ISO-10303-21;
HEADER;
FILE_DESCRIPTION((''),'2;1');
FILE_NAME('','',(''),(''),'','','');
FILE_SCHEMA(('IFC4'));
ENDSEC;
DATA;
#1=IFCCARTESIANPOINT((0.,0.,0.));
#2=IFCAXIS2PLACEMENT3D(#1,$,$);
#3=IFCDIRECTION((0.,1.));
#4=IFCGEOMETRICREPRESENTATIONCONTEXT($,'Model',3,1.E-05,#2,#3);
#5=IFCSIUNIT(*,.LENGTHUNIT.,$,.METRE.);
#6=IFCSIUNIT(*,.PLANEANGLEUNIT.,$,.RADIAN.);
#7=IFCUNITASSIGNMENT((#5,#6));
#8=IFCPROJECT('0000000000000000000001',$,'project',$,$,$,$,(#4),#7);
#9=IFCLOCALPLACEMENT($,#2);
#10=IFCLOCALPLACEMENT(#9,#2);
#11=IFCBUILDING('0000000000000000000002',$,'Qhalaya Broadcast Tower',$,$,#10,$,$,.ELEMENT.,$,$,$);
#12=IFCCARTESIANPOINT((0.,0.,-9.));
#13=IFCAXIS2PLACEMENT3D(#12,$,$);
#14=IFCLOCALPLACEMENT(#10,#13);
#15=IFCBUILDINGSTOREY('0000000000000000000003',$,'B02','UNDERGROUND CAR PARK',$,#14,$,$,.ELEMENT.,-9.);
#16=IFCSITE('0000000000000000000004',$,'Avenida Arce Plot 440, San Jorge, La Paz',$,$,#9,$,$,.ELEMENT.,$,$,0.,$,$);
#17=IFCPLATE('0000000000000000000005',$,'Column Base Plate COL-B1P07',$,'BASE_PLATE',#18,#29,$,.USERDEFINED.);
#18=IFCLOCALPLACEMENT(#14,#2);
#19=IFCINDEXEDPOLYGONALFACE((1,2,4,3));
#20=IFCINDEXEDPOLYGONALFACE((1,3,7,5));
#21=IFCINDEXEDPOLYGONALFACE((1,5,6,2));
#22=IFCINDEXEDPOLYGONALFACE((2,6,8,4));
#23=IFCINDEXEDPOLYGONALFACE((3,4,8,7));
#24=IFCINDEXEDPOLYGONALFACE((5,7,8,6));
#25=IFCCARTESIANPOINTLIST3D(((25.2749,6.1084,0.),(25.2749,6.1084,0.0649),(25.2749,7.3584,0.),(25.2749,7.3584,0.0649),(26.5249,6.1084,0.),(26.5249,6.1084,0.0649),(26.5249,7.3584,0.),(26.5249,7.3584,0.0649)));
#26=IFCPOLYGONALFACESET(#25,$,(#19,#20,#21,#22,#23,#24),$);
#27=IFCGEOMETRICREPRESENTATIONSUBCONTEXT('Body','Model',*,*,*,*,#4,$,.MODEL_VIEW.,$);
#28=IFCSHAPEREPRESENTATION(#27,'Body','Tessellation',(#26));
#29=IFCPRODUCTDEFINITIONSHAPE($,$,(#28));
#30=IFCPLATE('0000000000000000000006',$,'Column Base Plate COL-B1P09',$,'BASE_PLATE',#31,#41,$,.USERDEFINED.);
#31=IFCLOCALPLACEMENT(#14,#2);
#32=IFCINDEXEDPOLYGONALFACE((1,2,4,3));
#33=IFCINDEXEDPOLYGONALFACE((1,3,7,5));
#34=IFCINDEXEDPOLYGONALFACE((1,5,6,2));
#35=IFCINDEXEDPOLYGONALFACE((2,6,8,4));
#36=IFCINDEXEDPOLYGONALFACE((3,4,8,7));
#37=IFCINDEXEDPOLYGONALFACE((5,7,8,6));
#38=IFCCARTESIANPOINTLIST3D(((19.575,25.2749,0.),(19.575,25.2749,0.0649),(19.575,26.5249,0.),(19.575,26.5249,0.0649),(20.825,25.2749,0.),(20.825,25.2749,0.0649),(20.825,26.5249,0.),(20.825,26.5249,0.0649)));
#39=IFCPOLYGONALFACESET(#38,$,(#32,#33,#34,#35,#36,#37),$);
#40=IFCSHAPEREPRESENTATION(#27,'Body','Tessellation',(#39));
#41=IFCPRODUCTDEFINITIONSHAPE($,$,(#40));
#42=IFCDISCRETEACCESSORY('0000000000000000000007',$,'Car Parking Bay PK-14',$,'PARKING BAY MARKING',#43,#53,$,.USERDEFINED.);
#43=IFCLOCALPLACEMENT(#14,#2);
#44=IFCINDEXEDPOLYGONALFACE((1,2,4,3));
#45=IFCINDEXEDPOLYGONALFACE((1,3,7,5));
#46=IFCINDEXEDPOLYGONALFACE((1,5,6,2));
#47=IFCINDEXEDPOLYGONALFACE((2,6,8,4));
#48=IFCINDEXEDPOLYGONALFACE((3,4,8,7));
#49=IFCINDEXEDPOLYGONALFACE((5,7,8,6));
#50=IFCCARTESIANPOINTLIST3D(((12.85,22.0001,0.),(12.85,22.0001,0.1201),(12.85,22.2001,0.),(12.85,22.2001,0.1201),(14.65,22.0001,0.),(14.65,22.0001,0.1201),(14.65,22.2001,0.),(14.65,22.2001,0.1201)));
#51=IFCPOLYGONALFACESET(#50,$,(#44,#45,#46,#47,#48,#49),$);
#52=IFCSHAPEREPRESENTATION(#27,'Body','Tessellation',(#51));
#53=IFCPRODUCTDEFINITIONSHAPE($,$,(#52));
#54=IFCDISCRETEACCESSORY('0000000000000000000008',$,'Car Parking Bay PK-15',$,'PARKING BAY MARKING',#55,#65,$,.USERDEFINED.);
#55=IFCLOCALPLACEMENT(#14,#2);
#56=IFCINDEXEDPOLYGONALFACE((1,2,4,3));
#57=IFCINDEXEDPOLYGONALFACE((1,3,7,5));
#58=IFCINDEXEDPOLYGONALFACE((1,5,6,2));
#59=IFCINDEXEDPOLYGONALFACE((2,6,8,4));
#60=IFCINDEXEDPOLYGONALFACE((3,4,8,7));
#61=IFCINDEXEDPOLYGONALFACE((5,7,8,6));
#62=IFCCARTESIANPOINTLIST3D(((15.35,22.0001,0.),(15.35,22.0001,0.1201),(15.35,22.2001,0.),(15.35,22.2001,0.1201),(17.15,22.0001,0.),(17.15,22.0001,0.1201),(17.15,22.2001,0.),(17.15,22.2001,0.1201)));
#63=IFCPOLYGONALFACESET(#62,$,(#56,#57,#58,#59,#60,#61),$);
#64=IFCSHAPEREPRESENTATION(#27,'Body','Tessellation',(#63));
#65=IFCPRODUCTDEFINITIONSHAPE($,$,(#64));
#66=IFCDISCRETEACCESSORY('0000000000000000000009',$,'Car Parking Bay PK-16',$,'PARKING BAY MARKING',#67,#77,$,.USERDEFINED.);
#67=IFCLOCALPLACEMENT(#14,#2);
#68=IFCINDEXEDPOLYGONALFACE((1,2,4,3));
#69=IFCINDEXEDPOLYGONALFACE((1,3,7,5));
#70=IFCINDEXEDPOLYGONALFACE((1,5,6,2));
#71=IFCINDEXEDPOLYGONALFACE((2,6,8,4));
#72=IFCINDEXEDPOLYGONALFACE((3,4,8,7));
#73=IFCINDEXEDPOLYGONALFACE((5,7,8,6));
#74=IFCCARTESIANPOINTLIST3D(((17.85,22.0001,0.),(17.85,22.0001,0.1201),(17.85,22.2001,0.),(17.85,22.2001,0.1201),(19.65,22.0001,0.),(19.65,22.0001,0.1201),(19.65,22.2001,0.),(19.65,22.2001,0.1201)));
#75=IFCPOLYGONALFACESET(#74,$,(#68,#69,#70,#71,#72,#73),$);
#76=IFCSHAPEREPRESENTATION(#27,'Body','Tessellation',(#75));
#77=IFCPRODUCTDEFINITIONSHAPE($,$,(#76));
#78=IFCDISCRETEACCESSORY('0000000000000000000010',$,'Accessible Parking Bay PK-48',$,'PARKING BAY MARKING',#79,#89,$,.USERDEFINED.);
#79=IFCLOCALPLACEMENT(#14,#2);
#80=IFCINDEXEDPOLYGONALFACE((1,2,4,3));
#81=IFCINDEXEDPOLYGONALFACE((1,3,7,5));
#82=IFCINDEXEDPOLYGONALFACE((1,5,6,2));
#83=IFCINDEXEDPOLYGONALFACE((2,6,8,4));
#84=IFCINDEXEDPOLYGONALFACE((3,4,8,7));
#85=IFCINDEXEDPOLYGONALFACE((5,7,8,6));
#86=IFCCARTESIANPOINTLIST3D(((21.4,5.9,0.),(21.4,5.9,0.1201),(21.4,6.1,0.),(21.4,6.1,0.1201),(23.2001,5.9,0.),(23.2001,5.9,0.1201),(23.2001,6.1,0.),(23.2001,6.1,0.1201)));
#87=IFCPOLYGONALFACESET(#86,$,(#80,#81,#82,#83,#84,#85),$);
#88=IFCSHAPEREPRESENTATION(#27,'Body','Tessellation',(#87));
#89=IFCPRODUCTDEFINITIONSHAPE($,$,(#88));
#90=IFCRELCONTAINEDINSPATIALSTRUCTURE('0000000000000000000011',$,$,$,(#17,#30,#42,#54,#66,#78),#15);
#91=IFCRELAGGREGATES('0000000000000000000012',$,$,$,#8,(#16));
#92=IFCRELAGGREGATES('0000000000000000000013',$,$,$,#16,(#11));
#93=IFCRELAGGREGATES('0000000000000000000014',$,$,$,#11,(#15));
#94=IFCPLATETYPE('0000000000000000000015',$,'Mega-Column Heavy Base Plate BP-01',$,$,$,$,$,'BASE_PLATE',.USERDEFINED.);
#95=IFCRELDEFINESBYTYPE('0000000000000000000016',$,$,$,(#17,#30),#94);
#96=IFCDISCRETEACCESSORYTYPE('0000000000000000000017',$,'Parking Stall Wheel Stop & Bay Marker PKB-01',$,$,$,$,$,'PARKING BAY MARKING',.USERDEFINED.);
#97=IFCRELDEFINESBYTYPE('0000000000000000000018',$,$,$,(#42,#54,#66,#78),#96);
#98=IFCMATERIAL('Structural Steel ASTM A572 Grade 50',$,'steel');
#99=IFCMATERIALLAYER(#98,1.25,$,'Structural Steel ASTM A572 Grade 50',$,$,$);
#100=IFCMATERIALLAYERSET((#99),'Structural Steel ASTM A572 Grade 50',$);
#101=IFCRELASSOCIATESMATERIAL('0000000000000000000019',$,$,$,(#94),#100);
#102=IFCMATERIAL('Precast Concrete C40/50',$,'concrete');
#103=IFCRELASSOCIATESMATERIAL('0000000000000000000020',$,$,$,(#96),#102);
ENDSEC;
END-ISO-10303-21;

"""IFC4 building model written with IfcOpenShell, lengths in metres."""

from ifc_helpers import new_model, si_unit, direction, frame, origin, origin_2d, place, context, subcontext, project, spatial, rectangle, extrude, material, layer, layer_set, type_object, element, save


model = new_model("IFC4")

# Units and contexts
model_context = context("Model", 3, precision=1e-05, world=origin(), true_north=direction((0.0, 1.0)))
body_context = subcontext(model_context, "Body", "Model", "MODEL_VIEW")
ifc_project = project(units=[si_unit("LENGTHUNIT", "METRE"), si_unit("PLANEANGLEUNIT", "RADIAN")], contexts=[model_context])

# Site, building, storey
site_placement = place(None, origin())
site = spatial("IfcSite", under=ifc_project, at=site_placement, Name="Avenida Arce Plot 440, San Jorge, La Paz", CompositionType="ELEMENT", RefElevation=0.0)
building_placement = place(site_placement, origin())
building = spatial("IfcBuilding", under=site, at=building_placement, Name="Qhalaya Broadcast Tower", CompositionType="ELEMENT")
storey_placement = place(building_placement, frame((0.0, 0.0, -9.0)))
storey = spatial("IfcBuildingStorey", under=building, at=storey_placement, Name="B02", Description="UNDERGROUND CAR PARK", CompositionType="ELEMENT", Elevation=-9.0)

# Plates
ifc_material_1 = material(Name="Structural Steel ASTM A572 Grade 50", Category="steel")
ifc_layer = layer(ifc_material_1, 1.25, Name="Structural Steel ASTM A572 Grade 50")
ifc_layer_set = layer_set([ifc_layer], Name="Structural Steel ASTM A572 Grade 50")
plate_type = type_object("IfcPlateType", Name="Mega-Column Heavy Base Plate BP-01", ElementType="BASE_PLATE", PredefinedType="USERDEFINED", material=ifc_layer_set)
for number, where, z_axis, x_axis, name in (
    (1, (25.8999, 6.7334, 0.0), (0.0, 0.0, 1.0), (0.0, 1.0, 0.0), "Column Base Plate COL-B1P07"),
    (2, (20.2, 25.8999, 0.0), (0.0, 0.0, 1.0), (1.0, 0.0, 0.0), "Column Base Plate COL-B1P09"),
):
    element("IfcPlate", number, at=place(storey_placement, frame(where, z_axis=z_axis, x_axis=x_axis)), inside=storey, type_object=plate_type, Name=name, ObjectType="BASE_PLATE", PredefinedType="USERDEFINED", context=body_context, shape_type="SweptSolid", body=[
        extrude(rectangle(XDim=1.25, YDim=1.25, at=origin_2d()), origin(), (0.0, 0.0, 1.0), 0.0649),
    ])

# Discrete accessories
ifc_material_2 = material(Name="Precast Concrete C40/50", Category="concrete")
discrete_accessory_type = type_object("IfcDiscreteAccessoryType", Name="Parking Stall Wheel Stop & Bay Marker PKB-01", ElementType="PARKING BAY MARKING", PredefinedType="USERDEFINED", material=ifc_material_2)
for number, where, z_axis, x_axis, name in (
    (3, (13.75, 22.1001, 0.0), (0.0, 0.0, 1.0), (1.0, 0.0, 0.0), "Car Parking Bay PK-14"),
    (4, (16.25, 22.1001, 0.0), (0.0, 0.0, 1.0), (1.0, 0.0, 0.0), "Car Parking Bay PK-15"),
    (5, (18.75, 22.1001, 0.0), (0.0, 0.0, 1.0), (1.0, 0.0, 0.0), "Car Parking Bay PK-16"),
    (6, (22.3, 6.0, 0.0), (0.0, 0.0, 1.0), (1.0, 0.0, 0.0), "Accessible Parking Bay PK-48"),
):
    element("IfcDiscreteAccessory", number, at=place(storey_placement, frame(where, z_axis=z_axis, x_axis=x_axis)), inside=storey, type_object=discrete_accessory_type, Name=name, ObjectType="PARKING BAY MARKING", PredefinedType="USERDEFINED", context=body_context, shape_type="SweptSolid", body=[
        extrude(rectangle(XDim=1.8, YDim=0.2, at=origin_2d()), origin(), (0.0, 0.0, 1.0), 0.1201),
    ])

save(model, "model.ifc")
